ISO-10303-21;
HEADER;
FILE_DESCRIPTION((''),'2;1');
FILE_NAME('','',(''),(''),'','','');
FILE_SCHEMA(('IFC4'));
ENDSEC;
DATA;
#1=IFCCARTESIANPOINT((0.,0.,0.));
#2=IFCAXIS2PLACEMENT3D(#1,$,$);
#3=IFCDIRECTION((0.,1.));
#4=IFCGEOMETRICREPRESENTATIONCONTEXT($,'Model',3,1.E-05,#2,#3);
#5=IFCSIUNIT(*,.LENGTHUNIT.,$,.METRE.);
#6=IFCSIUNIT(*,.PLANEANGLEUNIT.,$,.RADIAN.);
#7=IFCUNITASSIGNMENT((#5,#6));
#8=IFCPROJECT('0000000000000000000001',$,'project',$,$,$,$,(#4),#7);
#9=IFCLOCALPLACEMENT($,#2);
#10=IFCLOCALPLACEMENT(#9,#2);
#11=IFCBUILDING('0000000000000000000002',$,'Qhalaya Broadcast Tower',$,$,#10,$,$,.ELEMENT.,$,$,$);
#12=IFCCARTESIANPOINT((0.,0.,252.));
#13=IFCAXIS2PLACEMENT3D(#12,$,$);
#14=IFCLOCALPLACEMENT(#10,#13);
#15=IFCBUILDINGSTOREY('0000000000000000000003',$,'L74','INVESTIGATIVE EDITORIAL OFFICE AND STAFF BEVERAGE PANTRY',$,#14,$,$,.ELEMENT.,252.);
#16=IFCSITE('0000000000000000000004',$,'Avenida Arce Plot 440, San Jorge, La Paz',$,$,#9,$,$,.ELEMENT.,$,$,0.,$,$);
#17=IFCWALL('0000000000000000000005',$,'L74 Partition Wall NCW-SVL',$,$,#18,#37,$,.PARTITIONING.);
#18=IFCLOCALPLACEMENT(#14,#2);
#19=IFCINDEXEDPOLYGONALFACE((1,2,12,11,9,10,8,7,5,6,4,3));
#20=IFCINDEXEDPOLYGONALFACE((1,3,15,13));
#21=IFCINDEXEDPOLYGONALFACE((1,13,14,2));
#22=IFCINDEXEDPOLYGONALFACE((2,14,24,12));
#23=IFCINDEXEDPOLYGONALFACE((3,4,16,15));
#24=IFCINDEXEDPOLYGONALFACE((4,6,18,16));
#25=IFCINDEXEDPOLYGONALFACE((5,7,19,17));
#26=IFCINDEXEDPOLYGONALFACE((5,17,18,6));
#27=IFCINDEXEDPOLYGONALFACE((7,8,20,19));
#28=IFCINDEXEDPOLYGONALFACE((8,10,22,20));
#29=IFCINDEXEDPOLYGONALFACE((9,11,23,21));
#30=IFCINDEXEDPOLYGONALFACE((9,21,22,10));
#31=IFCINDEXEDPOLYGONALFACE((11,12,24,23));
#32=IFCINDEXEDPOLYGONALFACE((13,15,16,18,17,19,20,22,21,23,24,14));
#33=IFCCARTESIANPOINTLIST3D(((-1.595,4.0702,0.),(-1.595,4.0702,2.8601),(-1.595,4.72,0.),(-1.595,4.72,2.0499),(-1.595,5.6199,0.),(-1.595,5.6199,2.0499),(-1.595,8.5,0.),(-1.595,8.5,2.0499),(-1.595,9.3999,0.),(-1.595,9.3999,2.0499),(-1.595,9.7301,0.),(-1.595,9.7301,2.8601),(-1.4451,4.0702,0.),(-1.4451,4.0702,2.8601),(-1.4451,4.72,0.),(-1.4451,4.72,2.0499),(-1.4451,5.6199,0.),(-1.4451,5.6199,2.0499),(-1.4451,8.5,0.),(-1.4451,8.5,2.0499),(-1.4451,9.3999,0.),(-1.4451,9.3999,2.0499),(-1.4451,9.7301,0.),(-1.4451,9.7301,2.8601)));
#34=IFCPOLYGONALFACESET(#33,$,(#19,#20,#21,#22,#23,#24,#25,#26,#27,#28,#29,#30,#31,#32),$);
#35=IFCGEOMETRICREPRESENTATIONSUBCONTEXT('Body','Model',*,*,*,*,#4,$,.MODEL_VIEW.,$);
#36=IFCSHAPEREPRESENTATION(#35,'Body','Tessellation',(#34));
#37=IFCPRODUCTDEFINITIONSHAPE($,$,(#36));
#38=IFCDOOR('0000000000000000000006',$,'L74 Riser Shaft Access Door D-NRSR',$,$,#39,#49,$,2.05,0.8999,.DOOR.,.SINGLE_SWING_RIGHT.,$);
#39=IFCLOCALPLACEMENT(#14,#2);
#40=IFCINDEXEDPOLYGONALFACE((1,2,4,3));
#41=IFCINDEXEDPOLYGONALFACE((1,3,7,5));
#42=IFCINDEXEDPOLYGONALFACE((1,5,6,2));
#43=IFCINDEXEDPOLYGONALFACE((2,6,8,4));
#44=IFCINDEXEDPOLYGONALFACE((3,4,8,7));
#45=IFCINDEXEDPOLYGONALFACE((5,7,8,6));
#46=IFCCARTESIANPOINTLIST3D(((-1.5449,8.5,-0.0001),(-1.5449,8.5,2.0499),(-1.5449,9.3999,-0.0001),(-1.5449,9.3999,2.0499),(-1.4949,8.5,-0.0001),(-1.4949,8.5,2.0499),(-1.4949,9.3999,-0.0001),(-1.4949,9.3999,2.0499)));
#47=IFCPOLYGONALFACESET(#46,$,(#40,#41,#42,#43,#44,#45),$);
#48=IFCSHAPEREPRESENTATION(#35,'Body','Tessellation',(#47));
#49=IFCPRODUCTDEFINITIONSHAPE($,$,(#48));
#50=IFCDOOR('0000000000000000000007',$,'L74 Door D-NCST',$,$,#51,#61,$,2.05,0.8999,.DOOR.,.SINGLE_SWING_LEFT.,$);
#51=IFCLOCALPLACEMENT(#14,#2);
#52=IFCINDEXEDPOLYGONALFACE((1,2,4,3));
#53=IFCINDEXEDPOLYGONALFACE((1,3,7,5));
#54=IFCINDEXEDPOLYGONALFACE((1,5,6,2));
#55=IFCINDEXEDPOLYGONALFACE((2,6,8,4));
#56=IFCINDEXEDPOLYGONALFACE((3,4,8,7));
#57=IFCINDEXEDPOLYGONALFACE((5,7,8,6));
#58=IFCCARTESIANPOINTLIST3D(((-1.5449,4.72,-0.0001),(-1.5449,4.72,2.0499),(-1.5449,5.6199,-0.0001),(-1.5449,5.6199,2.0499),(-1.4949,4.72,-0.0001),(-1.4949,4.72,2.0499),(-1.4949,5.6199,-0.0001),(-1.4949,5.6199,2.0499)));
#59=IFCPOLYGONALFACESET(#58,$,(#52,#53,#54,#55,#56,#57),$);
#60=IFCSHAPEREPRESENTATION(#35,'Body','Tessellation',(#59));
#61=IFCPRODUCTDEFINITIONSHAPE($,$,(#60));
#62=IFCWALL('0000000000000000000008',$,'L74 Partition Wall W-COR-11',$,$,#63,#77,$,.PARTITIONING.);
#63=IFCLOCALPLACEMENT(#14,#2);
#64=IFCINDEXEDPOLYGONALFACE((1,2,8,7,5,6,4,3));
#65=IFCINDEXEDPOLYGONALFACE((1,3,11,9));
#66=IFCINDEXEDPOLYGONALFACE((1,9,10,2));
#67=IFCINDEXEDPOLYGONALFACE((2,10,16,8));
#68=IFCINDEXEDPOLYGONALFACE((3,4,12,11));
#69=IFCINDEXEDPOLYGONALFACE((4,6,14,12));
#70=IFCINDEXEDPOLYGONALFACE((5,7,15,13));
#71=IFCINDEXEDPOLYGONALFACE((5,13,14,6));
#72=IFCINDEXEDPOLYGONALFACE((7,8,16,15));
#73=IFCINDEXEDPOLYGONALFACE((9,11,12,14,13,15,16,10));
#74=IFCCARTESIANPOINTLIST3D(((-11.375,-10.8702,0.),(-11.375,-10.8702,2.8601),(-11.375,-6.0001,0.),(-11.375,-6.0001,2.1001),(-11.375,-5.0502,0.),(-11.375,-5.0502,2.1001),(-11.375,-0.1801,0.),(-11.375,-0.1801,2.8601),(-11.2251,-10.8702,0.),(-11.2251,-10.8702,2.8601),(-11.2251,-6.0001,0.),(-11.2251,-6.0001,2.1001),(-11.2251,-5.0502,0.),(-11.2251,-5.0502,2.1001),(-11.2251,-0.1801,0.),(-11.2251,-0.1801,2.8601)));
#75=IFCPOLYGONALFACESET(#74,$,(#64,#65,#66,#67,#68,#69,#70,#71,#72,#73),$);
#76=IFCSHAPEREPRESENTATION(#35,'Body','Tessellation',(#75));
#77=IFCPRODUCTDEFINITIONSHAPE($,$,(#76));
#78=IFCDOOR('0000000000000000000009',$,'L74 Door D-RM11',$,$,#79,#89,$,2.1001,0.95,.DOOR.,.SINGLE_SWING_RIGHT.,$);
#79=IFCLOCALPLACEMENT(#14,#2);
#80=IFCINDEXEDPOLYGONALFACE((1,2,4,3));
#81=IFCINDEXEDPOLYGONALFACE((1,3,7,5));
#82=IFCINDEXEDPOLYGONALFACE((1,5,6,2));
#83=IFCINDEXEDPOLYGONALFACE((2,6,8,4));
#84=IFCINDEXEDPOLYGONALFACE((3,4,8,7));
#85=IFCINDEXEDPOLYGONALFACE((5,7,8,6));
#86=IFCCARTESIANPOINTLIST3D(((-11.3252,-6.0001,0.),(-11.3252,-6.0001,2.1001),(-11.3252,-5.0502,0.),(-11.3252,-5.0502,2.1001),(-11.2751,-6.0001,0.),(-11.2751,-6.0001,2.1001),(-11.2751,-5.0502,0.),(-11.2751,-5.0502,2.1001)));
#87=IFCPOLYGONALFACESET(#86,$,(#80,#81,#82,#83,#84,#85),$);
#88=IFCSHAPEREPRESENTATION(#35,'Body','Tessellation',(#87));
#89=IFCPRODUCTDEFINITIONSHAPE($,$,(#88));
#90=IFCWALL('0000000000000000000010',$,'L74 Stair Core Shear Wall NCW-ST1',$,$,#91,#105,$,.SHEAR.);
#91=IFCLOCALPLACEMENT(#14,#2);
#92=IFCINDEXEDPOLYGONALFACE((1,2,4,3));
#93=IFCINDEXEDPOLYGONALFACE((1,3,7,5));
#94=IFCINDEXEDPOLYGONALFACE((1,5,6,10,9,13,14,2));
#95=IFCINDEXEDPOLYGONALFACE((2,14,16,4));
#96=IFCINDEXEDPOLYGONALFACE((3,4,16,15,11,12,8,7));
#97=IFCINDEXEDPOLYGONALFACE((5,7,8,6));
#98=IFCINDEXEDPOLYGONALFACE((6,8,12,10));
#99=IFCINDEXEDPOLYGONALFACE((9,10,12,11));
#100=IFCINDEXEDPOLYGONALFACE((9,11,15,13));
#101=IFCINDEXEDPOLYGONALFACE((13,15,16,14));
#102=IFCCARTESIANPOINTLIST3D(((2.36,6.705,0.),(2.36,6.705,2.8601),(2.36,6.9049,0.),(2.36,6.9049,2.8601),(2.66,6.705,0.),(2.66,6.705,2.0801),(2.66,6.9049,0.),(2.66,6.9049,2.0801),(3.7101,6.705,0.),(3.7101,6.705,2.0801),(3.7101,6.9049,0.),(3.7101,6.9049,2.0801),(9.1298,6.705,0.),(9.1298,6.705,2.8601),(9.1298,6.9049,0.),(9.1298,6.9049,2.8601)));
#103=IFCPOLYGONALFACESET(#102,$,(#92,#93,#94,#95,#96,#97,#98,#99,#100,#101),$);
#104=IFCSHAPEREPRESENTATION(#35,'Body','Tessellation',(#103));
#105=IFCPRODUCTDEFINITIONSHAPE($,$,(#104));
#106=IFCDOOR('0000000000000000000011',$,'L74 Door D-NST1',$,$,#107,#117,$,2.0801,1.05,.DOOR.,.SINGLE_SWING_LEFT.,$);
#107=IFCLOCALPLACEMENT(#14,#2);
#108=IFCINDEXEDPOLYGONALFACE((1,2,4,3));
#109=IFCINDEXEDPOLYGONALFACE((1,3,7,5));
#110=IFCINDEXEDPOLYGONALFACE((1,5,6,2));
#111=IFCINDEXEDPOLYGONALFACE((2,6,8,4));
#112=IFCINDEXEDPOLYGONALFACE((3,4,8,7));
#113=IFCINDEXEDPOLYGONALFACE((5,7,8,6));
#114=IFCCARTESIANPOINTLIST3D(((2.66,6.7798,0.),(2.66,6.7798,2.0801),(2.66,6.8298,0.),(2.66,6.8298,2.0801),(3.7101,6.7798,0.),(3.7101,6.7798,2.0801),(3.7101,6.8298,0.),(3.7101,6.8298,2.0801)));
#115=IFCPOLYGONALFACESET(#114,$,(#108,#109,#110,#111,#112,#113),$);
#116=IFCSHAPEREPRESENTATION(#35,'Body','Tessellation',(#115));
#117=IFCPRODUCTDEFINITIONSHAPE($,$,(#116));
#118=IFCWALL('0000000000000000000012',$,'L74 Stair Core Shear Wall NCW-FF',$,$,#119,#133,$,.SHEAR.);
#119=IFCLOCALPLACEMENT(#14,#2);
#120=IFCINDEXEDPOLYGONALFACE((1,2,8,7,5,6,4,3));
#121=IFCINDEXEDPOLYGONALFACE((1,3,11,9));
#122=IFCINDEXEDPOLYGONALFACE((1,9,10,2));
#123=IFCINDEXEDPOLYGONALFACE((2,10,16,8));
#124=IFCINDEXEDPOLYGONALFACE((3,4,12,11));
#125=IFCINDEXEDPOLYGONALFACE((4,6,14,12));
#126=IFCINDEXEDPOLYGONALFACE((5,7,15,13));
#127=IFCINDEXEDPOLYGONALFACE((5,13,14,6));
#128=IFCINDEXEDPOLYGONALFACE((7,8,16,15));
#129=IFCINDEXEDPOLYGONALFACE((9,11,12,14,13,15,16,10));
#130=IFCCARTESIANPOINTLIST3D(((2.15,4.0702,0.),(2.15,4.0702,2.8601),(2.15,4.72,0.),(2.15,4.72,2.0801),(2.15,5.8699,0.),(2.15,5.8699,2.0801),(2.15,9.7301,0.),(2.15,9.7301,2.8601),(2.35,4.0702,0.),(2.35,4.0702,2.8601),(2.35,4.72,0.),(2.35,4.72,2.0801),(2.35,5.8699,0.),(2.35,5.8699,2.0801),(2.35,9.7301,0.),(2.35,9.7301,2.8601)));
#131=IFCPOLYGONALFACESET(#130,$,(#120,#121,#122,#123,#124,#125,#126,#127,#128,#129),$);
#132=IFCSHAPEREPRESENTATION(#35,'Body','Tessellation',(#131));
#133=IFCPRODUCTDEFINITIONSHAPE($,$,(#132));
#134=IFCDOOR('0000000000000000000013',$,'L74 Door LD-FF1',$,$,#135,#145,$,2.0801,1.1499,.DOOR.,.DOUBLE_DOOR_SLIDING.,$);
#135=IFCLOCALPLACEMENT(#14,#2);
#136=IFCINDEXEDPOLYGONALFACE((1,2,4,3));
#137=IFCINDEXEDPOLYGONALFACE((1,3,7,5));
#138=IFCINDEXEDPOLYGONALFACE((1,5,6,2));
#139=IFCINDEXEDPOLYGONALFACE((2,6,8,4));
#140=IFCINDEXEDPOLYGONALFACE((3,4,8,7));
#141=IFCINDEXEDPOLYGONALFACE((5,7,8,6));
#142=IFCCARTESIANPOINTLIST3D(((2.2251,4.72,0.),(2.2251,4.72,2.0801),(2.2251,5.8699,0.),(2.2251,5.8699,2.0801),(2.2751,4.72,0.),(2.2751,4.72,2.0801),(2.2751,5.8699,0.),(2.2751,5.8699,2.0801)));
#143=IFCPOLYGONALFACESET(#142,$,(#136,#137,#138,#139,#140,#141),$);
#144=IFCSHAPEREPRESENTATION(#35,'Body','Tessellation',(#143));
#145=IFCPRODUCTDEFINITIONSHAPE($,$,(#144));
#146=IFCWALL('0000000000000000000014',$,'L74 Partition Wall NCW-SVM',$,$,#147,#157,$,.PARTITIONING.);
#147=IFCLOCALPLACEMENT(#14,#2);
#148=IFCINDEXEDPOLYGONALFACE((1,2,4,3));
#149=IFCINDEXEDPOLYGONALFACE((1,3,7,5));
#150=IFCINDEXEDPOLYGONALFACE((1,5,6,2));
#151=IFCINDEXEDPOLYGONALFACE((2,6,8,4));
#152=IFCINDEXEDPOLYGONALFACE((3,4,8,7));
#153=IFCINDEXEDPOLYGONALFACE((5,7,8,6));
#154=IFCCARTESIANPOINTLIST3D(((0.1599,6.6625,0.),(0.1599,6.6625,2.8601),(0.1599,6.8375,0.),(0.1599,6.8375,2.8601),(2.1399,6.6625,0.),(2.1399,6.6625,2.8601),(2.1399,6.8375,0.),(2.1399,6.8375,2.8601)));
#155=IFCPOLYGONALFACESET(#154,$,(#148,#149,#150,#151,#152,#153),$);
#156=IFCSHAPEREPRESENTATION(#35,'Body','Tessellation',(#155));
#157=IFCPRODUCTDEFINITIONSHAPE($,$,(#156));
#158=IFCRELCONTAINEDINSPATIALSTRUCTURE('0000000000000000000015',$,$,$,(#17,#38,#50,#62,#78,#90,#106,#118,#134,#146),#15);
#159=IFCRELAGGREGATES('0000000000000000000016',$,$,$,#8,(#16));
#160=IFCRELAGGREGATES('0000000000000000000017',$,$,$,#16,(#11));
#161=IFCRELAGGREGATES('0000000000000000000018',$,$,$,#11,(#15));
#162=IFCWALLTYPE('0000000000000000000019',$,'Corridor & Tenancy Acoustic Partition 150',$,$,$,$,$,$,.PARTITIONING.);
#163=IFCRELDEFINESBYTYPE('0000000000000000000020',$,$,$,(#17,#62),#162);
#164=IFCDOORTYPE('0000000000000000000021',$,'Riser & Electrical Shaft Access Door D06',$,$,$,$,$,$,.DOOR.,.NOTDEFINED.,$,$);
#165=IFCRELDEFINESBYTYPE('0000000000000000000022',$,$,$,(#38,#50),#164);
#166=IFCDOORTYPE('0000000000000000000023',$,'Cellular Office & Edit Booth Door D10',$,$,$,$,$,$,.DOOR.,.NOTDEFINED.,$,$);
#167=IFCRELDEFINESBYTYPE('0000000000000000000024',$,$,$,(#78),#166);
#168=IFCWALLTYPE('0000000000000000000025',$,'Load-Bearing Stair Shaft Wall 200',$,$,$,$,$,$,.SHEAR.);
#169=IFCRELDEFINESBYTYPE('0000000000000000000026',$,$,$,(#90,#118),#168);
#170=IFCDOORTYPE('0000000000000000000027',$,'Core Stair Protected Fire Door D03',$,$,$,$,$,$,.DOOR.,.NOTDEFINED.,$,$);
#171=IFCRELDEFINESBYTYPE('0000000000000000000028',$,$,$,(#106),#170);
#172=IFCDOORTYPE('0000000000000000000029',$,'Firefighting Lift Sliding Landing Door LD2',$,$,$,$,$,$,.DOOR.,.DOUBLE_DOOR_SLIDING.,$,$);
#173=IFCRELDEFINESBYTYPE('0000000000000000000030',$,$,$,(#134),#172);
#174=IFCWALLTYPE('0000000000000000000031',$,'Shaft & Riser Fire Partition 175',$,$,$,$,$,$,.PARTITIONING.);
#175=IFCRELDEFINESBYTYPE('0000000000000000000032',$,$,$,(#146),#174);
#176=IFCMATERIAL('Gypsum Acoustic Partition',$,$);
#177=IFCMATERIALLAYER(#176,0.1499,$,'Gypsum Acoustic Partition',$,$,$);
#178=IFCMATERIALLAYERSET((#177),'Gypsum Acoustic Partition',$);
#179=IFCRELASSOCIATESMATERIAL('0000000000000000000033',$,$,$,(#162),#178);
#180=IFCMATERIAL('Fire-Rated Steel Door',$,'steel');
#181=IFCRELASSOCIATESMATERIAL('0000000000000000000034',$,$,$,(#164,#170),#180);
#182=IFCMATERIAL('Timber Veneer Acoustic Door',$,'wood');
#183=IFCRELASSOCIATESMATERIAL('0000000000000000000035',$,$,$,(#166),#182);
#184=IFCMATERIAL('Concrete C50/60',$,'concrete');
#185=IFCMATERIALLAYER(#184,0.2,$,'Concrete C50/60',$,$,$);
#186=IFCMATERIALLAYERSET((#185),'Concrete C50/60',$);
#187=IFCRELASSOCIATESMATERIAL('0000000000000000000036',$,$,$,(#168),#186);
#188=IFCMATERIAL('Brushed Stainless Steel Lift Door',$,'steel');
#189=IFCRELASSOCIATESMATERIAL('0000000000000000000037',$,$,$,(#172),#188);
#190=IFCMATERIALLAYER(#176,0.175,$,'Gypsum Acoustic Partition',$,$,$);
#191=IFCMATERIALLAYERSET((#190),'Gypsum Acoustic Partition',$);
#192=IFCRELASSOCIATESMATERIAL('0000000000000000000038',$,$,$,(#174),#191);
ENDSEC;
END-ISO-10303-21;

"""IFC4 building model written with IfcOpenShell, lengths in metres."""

from ifc_helpers import new_model, si_unit, direction, frame, frame_2d, origin, place, context, subcontext, project, spatial, rectangle, extrude, material, layer, layer_set, type_object, element, fill, save


model = new_model("IFC4")

# Units and contexts
model_context = context("Model", 3, precision=1e-05, world=origin(), true_north=direction((0.0, 1.0)))
body_context = subcontext(model_context, "Body", "Model", "MODEL_VIEW")
ifc_project = project(units=[si_unit("LENGTHUNIT", "METRE"), si_unit("PLANEANGLEUNIT", "RADIAN")], contexts=[model_context])

# Site, building, storey
site_placement = place(None, origin())
site = spatial("IfcSite", under=ifc_project, at=site_placement, Name="Avenida Arce Plot 440, San Jorge, La Paz", CompositionType="ELEMENT", RefElevation=0.0)
building_placement = place(site_placement, origin())
building = spatial("IfcBuilding", under=site, at=building_placement, Name="Qhalaya Broadcast Tower", CompositionType="ELEMENT")
storey_placement = place(building_placement, frame((0.0, 0.0, 252.0)))
storey = spatial("IfcBuildingStorey", under=building, at=storey_placement, Name="L74", Description="INVESTIGATIVE EDITORIAL OFFICE AND STAFF BEVERAGE PANTRY", CompositionType="ELEMENT", Elevation=252.0)

# Shared definitions
ifc_material_1 = material(Name="Concrete C50/60", Category="concrete")

# Wall, openings, doors
ifc_material_2 = material(Name="Gypsum Acoustic Partition")
ifc_layer_1 = layer(ifc_material_2, 0.1499, Name="Gypsum Acoustic Partition")
ifc_layer_set_1 = layer_set([ifc_layer_1], Name="Gypsum Acoustic Partition")
wall_type_1 = type_object("IfcWallType", Name="Corridor & Tenancy Acoustic Partition 150", PredefinedType="PARTITIONING", material=ifc_layer_set_1)
wall_1_placement = place(storey_placement, frame((-1.52, 4.0701, 0.0), z_axis=(0.0, 0.0, 1.0), x_axis=(0.0, 1.0, 0.0)))
wall_1 = element("IfcWall", 1, at=wall_1_placement, inside=storey, type_object=wall_type_1, Name="L74 Partition Wall NCW-SVL", PredefinedType="PARTITIONING", context=body_context, shape_type="SweptSolid", body=[
    extrude(rectangle(XDim=5.6599, YDim=0.1499, at=frame_2d((2.8301, 0.0))), origin(), (0.0, 0.0, 1.0), 2.8601),
])
opening_1_placement = place(wall_1_placement, frame((4.4299, 0.0, 0.0)))
opening_1 = element("IfcOpeningElement", 2, at=opening_1_placement, cuts=wall_1, PredefinedType="OPENING", context=body_context, shape_type="SweptSolid", body=[
    extrude(rectangle(XDim=0.8999, YDim=2.05, at=frame_2d((0.45, 1.0249))), frame((0.0, 0.0869, 0.0), z_axis=(0.0, -1.0, 0.0), x_axis=(1.0, 0.0, 0.0)), (0.0, 0.0, 1.0), 0.1738),
])
opening_2_placement = place(wall_1_placement, frame((0.6499, 0.0, 0.0)))
opening_2 = element("IfcOpeningElement", 3, at=opening_2_placement, cuts=wall_1, PredefinedType="OPENING", context=body_context, shape_type="SweptSolid", body=[
    extrude(rectangle(XDim=0.8999, YDim=2.05, at=frame_2d((0.45, 1.0249))), frame((0.0, 0.0869, 0.0), z_axis=(0.0, -1.0, 0.0), x_axis=(1.0, 0.0, 0.0)), (0.0, 0.0, 1.0), 0.1738),
])
ifc_material_3 = material(Name="Fire-Rated Steel Door", Category="steel")
door_type_1 = type_object("IfcDoorType", Name="Riser & Electrical Shaft Access Door D06", OperationType="NOTDEFINED", PredefinedType="DOOR", material=ifc_material_3)
door_1_placement = place(opening_1_placement, origin())
door_1 = element("IfcDoor", 4, at=door_1_placement, inside=storey, type_object=door_type_1, Name="L74 Riser Shaft Access Door D-NRSR", OperationType="SINGLE_SWING_RIGHT", OverallHeight=2.05, OverallWidth=0.8999, PredefinedType="DOOR", context=body_context, shape_type="SweptSolid", body=[
    extrude(rectangle(XDim=0.8999, YDim=2.05, at=frame_2d((0.45, 1.0249))), frame((0.0, 0.0249, 0.0), z_axis=(0.0, -1.0, 0.0), x_axis=(1.0, 0.0, 0.0)), (0.0, 0.0, 1.0), 0.05),
])
fill(opening_1, door_1)
door_2_placement = place(opening_2_placement, origin())
door_2 = element("IfcDoor", 5, at=door_2_placement, inside=storey, type_object=door_type_1, Name="L74 Door D-NCST", OperationType="SINGLE_SWING_LEFT", OverallHeight=2.05, OverallWidth=0.8999, PredefinedType="DOOR", context=body_context, shape_type="SweptSolid", body=[
    extrude(rectangle(XDim=0.8999, YDim=2.05, at=frame_2d((0.45, 1.0249))), frame((0.0, 0.0249, 0.0), z_axis=(0.0, -1.0, 0.0), x_axis=(1.0, 0.0, 0.0)), (0.0, 0.0, 1.0), 0.05),
])
fill(opening_2, door_2)

# Walls, openings, doors
wall_2_placement = place(storey_placement, frame((-11.3, -0.1799, 0.0), z_axis=(0.0, 0.0, 1.0), x_axis=(0.0, -1.0, 0.0)))
wall_2 = element("IfcWall", 6, at=wall_2_placement, inside=storey, type_object=wall_type_1, Name="L74 Partition Wall W-COR-11", PredefinedType="PARTITIONING", context=body_context, shape_type="SweptSolid", body=[
    extrude(rectangle(XDim=10.6902, YDim=0.1499, at=frame_2d((5.3452, 0.0))), origin(), (0.0, 0.0, 1.0), 2.8601),
])
opening_3_placement = place(wall_2_placement, frame((4.8701, 0.0, 0.0)))
opening_3 = element("IfcOpeningElement", 7, at=opening_3_placement, cuts=wall_2, PredefinedType="OPENING", context=body_context, shape_type="SweptSolid", body=[
    extrude(rectangle(XDim=0.95, YDim=2.1001, at=frame_2d((0.4751, 1.05))), frame((0.0, 0.0869, 0.0), z_axis=(0.0, -1.0, 0.0), x_axis=(1.0, 0.0, 0.0)), (0.0, 0.0, 1.0), 0.1738),
])
ifc_material_4 = material(Name="Timber Veneer Acoustic Door", Category="wood")
door_type_2 = type_object("IfcDoorType", Name="Cellular Office & Edit Booth Door D10", OperationType="NOTDEFINED", PredefinedType="DOOR", material=ifc_material_4)
door_3_placement = place(opening_3_placement, origin())
door_3 = element("IfcDoor", 8, at=door_3_placement, inside=storey, type_object=door_type_2, Name="L74 Door D-RM11", OperationType="SINGLE_SWING_RIGHT", OverallHeight=2.1001, OverallWidth=0.95, PredefinedType="DOOR", context=body_context, shape_type="SweptSolid", body=[
    extrude(rectangle(XDim=0.95, YDim=2.1001, at=frame_2d((0.4751, 1.05))), frame((0.0, 0.0249, 0.0), z_axis=(0.0, -1.0, 0.0), x_axis=(1.0, 0.0, 0.0)), (0.0, 0.0, 1.0), 0.05),
])
fill(opening_3, door_3)
ifc_layer_2 = layer(ifc_material_1, 0.2, Name="Concrete C50/60")
ifc_layer_set_2 = layer_set([ifc_layer_2], Name="Concrete C50/60")
wall_type_2 = type_object("IfcWallType", Name="Load-Bearing Stair Shaft Wall 200", PredefinedType="SHEAR", material=ifc_layer_set_2)
wall_3_placement = place(storey_placement, frame((2.3601, 6.8049, 0.0), z_axis=(0.0, 0.0, 1.0), x_axis=(1.0, 0.0, 0.0)))
wall_3 = element("IfcWall", 9, at=wall_3_placement, inside=storey, type_object=wall_type_2, Name="L74 Stair Core Shear Wall NCW-ST1", PredefinedType="SHEAR", context=body_context, shape_type="SweptSolid", body=[
    extrude(rectangle(XDim=6.7698, YDim=0.2, at=frame_2d((3.3848, 0.0))), origin(), (0.0, 0.0, 1.0), 2.8601),
])
opening_4_placement = place(wall_3_placement, frame((0.3, 0.0, 0.0)))
opening_4 = element("IfcOpeningElement", 10, at=opening_4_placement, cuts=wall_3, PredefinedType="OPENING", context=body_context, shape_type="SweptSolid", body=[
    extrude(rectangle(XDim=1.05, YDim=2.0801, at=frame_2d((0.5249, 1.04))), frame((0.0, 0.1121, 0.0), z_axis=(0.0, -1.0, 0.0), x_axis=(1.0, 0.0, 0.0)), (0.0, 0.0, 1.0), 0.2239),
])
door_type_3 = type_object("IfcDoorType", Name="Core Stair Protected Fire Door D03", OperationType="NOTDEFINED", PredefinedType="DOOR", material=ifc_material_3)
door_4_placement = place(opening_4_placement, origin())
door_4 = element("IfcDoor", 11, at=door_4_placement, inside=storey, type_object=door_type_3, Name="L74 Door D-NST1", OperationType="SINGLE_SWING_LEFT", OverallHeight=2.0801, OverallWidth=1.05, PredefinedType="DOOR", context=body_context, shape_type="SweptSolid", body=[
    extrude(rectangle(XDim=1.05, YDim=2.0801, at=frame_2d((0.5249, 1.04))), frame((0.0, 0.0249, 0.0), z_axis=(0.0, -1.0, 0.0), x_axis=(1.0, 0.0, 0.0)), (0.0, 0.0, 1.0), 0.05),
])
fill(opening_4, door_4)
wall_4_placement = place(storey_placement, frame((2.25, 4.0701, 0.0), z_axis=(0.0, 0.0, 1.0), x_axis=(0.0, 1.0, 0.0)))
wall_4 = element("IfcWall", 12, at=wall_4_placement, inside=storey, type_object=wall_type_2, Name="L74 Stair Core Shear Wall NCW-FF", PredefinedType="SHEAR", context=body_context, shape_type="SweptSolid", body=[
    extrude(rectangle(XDim=5.6599, YDim=0.2, at=frame_2d((2.8301, 0.0))), origin(), (0.0, 0.0, 1.0), 2.8601),
])
opening_5_placement = place(wall_4_placement, frame((0.6499, 0.0, 0.0)))
opening_5 = element("IfcOpeningElement", 13, at=opening_5_placement, cuts=wall_4, PredefinedType="OPENING", context=body_context, shape_type="SweptSolid", body=[
    extrude(rectangle(XDim=1.1499, YDim=2.0801, at=frame_2d((0.575, 1.04))), frame((0.0, 0.1121, 0.0), z_axis=(0.0, -1.0, 0.0), x_axis=(1.0, 0.0, 0.0)), (0.0, 0.0, 1.0), 0.2239),
])
ifc_material_5 = material(Name="Brushed Stainless Steel Lift Door", Category="steel")
door_type_4 = type_object("IfcDoorType", Name="Firefighting Lift Sliding Landing Door LD2", OperationType="DOUBLE_DOOR_SLIDING", PredefinedType="DOOR", material=ifc_material_5)
door_5_placement = place(opening_5_placement, origin())
door_5 = element("IfcDoor", 14, at=door_5_placement, inside=storey, type_object=door_type_4, Name="L74 Door LD-FF1", OperationType="DOUBLE_DOOR_SLIDING", OverallHeight=2.0801, OverallWidth=1.1499, PredefinedType="DOOR", context=body_context, shape_type="SweptSolid", body=[
    extrude(rectangle(XDim=1.1499, YDim=2.0801, at=frame_2d((0.575, 1.04))), frame((0.0, 0.0249, 0.0), z_axis=(0.0, -1.0, 0.0), x_axis=(1.0, 0.0, 0.0)), (0.0, 0.0, 1.0), 0.05),
])
fill(opening_5, door_5)
ifc_layer_3 = layer(ifc_material_2, 0.175, Name="Gypsum Acoustic Partition")
ifc_layer_set_3 = layer_set([ifc_layer_3], Name="Gypsum Acoustic Partition")
wall_type_3 = type_object("IfcWallType", Name="Shaft & Riser Fire Partition 175", PredefinedType="PARTITIONING", material=ifc_layer_set_3)

# Wall
wall_5_placement = place(storey_placement, frame((0.1599, 6.75, 0.0), z_axis=(0.0, 0.0, 1.0), x_axis=(1.0, 0.0, 0.0)))
element("IfcWall", 15, at=wall_5_placement, inside=storey, type_object=wall_type_3, Name="L74 Partition Wall NCW-SVM", PredefinedType="PARTITIONING", context=body_context, shape_type="SweptSolid", body=[
    extrude(rectangle(XDim=1.98, YDim=0.175, at=frame_2d((0.99, 0.0))), origin(), (0.0, 0.0, 1.0), 2.8601),
])

save(model, "model.ifc")
